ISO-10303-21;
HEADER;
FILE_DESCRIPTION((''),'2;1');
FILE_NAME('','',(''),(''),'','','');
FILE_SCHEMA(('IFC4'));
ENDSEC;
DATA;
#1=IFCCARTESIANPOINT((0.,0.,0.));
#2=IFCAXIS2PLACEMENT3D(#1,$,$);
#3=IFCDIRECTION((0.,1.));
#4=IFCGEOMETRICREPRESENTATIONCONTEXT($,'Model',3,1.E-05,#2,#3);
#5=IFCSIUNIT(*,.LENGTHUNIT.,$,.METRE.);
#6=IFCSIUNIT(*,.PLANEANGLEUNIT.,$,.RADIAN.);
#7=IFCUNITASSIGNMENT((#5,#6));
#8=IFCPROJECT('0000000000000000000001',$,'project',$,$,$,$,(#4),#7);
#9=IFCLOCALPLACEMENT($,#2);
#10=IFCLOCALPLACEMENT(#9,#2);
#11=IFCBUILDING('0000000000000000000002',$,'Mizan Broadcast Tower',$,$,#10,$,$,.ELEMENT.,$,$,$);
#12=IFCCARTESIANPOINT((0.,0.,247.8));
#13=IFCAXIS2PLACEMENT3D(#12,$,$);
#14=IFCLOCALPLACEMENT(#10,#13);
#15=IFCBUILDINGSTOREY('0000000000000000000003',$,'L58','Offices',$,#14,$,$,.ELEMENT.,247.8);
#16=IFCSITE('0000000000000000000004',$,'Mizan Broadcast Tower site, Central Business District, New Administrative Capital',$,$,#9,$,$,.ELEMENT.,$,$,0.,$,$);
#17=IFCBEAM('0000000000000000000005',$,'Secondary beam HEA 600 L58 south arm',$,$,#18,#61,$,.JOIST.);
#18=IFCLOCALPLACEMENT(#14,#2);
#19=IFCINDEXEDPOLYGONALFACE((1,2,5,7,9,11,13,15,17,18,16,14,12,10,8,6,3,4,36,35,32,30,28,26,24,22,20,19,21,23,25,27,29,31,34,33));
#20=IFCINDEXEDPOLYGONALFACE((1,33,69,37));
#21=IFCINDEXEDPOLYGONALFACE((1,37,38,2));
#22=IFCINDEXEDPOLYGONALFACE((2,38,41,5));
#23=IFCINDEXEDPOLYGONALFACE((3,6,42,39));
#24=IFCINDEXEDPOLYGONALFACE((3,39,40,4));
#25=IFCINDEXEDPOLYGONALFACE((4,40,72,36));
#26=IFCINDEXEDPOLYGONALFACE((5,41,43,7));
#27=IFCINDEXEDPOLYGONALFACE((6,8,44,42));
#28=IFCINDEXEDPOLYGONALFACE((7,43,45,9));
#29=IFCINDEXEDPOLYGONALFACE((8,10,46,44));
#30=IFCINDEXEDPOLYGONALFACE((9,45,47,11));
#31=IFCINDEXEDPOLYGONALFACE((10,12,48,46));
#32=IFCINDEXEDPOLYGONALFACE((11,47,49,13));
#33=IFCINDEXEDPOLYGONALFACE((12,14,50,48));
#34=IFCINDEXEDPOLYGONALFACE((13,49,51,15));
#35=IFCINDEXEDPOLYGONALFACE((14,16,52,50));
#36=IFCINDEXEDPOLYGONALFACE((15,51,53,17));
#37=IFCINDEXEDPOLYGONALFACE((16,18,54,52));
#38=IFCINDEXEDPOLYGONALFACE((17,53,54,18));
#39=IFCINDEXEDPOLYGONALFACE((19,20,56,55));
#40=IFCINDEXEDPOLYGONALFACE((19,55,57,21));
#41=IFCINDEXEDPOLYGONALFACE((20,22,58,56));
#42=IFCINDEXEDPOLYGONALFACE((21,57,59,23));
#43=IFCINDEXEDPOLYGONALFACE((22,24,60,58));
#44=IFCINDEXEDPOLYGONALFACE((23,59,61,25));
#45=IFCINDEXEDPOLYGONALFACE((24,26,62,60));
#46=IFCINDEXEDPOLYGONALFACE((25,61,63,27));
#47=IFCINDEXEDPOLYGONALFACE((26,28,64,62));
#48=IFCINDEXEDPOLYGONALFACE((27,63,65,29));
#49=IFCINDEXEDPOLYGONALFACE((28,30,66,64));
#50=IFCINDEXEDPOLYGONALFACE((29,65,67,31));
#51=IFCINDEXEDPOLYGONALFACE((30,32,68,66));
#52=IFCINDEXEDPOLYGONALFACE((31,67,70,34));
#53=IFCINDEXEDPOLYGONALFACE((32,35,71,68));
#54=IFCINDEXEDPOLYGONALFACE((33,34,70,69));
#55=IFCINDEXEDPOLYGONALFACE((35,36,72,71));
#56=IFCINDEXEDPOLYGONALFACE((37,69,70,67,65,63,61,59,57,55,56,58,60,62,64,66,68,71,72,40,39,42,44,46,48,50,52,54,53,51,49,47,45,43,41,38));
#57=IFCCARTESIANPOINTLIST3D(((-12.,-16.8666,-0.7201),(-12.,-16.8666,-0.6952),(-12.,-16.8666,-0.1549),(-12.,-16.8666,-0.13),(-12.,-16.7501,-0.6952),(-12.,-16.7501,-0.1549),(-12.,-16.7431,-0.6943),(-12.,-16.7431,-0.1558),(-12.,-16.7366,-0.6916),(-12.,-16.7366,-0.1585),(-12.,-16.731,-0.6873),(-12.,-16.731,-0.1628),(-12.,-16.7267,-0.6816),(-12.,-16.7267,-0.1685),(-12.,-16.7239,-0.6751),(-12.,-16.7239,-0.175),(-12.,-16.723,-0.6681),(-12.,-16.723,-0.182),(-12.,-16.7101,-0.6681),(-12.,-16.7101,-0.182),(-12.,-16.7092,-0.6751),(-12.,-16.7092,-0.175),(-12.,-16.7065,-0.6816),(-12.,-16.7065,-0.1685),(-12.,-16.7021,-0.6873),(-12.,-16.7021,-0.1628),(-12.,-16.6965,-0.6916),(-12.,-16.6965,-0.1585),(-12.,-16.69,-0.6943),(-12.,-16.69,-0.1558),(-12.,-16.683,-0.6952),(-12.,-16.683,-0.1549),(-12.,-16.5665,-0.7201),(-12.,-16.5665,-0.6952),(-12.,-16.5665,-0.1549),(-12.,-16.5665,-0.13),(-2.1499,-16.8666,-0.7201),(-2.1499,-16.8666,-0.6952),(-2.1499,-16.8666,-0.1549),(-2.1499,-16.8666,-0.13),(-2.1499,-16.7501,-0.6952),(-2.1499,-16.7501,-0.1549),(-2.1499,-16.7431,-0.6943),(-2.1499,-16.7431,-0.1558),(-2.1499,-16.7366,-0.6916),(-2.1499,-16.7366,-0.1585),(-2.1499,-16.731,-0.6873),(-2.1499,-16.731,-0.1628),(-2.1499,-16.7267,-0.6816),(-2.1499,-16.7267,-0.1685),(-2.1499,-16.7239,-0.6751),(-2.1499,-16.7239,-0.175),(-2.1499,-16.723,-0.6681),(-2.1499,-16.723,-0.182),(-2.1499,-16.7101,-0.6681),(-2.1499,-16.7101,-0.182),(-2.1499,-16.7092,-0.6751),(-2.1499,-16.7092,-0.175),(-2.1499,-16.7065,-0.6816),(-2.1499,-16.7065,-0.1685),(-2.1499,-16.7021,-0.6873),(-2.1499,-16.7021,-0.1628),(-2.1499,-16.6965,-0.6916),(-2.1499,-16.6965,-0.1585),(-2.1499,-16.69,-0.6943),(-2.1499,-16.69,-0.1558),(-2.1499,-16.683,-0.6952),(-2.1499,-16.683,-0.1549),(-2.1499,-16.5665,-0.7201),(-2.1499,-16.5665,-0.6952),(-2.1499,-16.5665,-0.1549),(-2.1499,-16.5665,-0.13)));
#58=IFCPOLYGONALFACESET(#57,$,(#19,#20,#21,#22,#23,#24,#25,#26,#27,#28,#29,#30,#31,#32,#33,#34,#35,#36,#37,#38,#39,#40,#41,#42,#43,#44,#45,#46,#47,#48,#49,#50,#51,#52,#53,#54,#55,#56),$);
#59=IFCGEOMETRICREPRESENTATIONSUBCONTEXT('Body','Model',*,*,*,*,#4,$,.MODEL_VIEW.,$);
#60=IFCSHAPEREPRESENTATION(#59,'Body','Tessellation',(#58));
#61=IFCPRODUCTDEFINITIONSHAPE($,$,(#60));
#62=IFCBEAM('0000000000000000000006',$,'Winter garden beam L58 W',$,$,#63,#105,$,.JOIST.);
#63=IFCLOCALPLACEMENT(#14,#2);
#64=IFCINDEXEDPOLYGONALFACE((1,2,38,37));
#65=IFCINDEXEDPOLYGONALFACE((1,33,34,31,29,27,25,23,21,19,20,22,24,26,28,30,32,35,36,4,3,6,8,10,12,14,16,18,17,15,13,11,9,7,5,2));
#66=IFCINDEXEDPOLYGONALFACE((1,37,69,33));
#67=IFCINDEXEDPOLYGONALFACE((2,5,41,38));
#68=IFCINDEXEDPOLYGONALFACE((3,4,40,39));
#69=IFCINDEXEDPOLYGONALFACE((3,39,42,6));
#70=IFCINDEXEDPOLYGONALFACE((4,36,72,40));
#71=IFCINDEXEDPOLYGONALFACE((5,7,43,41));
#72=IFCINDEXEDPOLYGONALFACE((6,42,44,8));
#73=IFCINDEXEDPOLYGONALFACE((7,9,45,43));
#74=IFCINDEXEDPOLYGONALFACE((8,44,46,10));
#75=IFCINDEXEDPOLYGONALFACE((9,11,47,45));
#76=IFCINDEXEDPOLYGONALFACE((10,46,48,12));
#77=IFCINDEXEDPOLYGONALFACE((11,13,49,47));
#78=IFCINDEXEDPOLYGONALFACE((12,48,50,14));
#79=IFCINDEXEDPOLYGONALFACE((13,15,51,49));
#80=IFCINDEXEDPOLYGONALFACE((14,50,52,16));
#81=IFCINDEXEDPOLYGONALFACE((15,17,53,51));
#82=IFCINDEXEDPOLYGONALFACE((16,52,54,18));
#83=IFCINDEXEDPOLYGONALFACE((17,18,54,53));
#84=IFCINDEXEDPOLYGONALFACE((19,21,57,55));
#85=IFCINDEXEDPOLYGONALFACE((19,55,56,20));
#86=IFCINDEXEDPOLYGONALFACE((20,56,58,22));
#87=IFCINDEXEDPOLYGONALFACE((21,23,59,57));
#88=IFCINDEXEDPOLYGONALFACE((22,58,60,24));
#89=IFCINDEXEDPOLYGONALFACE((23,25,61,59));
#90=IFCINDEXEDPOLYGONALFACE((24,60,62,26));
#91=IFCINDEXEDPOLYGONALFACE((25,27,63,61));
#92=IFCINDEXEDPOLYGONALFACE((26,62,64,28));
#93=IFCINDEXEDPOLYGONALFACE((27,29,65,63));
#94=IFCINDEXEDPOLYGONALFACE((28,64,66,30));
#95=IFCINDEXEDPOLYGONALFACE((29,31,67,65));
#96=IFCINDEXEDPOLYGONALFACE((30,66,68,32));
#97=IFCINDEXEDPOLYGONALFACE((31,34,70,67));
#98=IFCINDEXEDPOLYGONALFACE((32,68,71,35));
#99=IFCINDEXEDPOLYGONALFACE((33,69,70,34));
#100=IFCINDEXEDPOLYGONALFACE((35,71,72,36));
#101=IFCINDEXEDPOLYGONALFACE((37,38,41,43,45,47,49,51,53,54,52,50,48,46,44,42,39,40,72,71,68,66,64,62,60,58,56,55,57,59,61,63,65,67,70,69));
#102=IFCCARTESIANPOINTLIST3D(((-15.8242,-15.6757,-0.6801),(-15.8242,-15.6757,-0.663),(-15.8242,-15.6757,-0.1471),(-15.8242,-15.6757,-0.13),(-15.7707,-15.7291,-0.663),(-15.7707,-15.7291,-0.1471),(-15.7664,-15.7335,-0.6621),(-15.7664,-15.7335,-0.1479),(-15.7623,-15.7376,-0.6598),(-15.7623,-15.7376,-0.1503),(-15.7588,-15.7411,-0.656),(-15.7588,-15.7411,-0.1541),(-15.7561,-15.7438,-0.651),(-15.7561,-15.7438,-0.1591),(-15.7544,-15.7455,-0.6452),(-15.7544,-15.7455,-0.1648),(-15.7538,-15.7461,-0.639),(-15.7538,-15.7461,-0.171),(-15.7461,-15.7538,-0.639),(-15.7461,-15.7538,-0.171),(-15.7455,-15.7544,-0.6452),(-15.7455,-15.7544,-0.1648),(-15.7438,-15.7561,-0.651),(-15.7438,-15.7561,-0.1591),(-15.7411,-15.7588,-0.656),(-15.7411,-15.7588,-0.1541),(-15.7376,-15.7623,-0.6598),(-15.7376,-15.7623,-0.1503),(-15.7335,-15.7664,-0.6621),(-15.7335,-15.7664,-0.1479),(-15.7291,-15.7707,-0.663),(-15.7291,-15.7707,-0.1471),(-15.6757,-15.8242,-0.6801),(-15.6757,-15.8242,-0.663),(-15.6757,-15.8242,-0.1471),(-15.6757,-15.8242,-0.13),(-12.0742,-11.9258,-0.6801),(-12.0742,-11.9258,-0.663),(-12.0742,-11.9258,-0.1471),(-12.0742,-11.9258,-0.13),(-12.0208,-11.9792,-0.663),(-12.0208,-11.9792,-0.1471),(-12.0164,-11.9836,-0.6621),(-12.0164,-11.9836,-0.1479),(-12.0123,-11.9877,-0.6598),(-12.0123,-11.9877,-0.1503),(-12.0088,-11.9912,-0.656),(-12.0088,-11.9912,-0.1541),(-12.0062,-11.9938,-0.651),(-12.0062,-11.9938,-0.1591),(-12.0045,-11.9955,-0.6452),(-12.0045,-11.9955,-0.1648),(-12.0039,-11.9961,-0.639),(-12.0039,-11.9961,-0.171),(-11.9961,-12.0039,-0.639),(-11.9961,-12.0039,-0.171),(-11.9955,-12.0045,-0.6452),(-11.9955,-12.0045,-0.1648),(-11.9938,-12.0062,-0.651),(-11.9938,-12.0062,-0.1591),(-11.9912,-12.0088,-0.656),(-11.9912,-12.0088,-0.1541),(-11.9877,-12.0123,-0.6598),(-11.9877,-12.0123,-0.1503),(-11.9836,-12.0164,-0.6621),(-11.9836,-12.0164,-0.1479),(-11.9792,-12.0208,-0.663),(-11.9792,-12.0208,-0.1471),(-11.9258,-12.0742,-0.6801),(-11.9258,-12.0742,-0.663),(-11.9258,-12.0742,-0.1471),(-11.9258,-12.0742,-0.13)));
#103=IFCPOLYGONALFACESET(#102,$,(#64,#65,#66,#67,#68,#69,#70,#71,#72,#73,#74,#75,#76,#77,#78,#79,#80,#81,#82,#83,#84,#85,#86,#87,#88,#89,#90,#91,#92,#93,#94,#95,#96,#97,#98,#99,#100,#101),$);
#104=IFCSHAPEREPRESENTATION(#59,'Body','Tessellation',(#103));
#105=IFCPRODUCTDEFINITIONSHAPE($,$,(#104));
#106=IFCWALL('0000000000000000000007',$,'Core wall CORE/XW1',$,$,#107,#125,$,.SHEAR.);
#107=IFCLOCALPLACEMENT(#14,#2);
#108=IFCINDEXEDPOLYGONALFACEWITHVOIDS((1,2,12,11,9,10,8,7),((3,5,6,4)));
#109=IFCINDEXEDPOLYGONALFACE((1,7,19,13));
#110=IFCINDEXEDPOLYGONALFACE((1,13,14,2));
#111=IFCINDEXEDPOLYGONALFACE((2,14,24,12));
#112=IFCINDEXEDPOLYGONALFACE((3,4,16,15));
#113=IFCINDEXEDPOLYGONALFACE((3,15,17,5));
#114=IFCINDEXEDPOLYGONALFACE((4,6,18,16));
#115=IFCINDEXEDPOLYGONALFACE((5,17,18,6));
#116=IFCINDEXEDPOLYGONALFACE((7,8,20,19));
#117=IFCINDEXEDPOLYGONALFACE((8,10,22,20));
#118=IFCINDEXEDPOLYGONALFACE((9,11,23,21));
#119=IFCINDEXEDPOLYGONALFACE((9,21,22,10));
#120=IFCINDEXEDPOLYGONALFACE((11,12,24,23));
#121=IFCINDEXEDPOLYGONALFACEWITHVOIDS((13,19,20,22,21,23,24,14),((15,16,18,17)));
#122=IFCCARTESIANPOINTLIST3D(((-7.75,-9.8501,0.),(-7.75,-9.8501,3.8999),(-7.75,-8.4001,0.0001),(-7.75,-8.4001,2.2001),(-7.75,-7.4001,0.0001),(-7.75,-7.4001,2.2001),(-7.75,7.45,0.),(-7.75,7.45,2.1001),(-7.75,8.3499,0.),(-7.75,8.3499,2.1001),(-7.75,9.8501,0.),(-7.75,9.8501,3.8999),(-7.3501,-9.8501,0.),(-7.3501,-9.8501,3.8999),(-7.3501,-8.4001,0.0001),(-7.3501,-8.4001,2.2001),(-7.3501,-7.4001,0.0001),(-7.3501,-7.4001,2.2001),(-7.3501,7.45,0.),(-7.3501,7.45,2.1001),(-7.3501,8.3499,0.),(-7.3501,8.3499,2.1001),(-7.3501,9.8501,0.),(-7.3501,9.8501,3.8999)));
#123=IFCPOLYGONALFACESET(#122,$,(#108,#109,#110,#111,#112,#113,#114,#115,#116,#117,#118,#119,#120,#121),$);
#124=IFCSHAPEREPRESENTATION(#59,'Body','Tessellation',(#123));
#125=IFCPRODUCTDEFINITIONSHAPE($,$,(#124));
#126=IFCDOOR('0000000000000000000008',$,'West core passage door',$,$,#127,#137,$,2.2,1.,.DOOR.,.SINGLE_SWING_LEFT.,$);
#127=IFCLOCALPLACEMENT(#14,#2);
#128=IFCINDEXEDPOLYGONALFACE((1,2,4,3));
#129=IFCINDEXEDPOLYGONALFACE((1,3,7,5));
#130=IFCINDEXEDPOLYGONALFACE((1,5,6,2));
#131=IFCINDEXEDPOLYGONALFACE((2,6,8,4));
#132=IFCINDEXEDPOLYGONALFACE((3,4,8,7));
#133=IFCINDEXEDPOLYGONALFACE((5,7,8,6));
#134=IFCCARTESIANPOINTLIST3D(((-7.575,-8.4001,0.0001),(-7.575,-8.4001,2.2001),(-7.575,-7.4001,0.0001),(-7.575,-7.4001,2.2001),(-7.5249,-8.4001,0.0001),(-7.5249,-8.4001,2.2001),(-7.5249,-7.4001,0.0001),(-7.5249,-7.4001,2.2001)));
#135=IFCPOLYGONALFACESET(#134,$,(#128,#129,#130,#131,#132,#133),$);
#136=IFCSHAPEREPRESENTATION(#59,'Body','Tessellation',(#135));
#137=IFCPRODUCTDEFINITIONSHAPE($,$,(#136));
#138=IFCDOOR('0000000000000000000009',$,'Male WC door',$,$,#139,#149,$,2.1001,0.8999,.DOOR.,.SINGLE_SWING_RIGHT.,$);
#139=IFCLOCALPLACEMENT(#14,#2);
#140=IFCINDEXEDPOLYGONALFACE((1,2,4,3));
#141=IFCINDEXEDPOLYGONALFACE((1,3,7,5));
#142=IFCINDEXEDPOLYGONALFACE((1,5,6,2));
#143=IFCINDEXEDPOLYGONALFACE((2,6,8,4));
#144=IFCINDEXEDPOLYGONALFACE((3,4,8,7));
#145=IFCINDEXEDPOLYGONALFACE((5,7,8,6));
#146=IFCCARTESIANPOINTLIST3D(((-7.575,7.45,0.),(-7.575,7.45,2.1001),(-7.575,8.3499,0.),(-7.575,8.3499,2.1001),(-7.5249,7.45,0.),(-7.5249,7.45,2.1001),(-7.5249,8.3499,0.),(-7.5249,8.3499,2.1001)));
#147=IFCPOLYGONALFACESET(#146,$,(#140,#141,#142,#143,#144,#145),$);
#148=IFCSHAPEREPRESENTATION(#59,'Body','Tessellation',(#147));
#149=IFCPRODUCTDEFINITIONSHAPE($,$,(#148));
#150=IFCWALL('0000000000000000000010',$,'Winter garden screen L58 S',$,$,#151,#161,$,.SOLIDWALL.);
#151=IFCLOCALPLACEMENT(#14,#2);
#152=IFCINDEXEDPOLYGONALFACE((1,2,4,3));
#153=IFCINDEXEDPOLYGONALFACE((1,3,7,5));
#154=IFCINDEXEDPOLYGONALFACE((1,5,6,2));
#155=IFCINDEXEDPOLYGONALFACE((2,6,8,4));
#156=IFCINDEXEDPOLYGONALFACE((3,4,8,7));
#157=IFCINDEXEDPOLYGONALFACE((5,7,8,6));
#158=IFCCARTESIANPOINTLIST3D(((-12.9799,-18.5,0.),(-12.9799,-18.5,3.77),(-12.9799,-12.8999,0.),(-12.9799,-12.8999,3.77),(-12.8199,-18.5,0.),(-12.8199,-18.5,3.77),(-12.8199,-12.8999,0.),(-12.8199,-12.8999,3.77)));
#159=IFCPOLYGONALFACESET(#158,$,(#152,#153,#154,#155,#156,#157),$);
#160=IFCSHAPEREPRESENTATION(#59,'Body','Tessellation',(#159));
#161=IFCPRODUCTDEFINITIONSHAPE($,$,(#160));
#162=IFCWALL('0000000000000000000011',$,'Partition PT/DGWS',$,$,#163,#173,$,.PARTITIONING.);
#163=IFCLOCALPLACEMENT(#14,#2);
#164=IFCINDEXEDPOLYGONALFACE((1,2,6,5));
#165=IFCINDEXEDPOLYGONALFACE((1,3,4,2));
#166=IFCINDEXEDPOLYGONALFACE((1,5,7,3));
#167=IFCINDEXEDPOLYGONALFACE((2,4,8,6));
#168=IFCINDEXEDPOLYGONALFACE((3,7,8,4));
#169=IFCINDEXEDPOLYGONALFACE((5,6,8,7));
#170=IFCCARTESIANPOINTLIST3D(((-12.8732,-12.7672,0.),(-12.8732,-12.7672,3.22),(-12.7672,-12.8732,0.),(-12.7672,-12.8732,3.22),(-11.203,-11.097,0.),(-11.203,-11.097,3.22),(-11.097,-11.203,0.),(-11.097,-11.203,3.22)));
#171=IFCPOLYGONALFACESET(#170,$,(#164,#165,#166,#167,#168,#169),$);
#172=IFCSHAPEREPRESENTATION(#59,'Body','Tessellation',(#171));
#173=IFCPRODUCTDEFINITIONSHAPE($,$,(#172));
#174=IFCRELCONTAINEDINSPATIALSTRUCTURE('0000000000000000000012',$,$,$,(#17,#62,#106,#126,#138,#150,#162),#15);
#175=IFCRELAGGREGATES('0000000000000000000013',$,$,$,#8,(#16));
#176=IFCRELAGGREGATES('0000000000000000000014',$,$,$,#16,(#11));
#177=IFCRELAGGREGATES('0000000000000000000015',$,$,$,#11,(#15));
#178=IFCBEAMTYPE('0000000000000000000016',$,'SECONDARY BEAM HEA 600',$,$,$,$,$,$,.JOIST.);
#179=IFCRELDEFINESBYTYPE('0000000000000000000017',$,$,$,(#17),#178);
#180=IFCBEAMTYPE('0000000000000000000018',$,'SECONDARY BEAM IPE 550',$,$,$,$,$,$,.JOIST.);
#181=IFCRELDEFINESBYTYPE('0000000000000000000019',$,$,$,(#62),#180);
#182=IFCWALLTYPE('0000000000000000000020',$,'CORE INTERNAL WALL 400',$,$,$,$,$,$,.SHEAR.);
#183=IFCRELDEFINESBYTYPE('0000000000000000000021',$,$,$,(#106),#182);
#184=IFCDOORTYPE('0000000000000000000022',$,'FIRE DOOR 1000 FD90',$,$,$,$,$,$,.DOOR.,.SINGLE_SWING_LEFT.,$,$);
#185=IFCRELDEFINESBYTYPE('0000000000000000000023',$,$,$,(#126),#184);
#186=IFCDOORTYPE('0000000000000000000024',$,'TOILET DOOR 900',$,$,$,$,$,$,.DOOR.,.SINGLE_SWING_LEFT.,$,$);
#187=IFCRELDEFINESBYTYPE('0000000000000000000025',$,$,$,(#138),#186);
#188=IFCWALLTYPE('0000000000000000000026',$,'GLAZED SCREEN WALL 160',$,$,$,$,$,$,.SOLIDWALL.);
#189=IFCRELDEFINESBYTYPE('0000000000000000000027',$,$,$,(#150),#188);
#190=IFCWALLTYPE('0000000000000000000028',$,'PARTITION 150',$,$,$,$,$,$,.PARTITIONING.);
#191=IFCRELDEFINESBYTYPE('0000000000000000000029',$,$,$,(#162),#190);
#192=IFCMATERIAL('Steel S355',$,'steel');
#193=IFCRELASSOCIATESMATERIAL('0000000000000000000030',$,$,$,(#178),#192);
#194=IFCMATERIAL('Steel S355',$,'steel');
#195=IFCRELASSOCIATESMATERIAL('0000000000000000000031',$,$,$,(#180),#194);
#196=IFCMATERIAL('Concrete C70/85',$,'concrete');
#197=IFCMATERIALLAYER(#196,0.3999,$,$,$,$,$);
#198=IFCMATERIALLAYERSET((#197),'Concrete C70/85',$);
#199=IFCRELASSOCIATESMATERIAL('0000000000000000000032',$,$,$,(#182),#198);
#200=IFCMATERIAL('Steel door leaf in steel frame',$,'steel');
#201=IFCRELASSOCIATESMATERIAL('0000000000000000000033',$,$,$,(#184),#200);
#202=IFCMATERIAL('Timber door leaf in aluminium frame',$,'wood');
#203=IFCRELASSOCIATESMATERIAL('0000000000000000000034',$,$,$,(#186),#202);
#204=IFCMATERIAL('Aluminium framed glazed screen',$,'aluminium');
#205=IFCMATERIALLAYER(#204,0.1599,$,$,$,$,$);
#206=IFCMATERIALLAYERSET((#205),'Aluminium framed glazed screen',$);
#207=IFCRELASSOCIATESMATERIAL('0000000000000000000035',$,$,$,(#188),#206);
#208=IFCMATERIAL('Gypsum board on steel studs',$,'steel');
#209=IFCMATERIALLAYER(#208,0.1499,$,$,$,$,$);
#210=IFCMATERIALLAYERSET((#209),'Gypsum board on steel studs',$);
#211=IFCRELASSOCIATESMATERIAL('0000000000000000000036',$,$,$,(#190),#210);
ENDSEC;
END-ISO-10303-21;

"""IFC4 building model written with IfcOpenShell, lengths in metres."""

from ifc_helpers import new_model, si_unit, direction, frame, frame_2d, origin, origin_2d, place, context, subcontext, project, spatial, rectangle, i_section, extrude, material, layer, layer_set, material_profile, profile_set, type_object, element, fill, save


model = new_model("IFC4")

# Units and contexts
model_context = context("Model", 3, precision=1e-05, world=origin(), true_north=direction((0.0, 1.0)))
body_context = subcontext(model_context, "Body", "Model", "MODEL_VIEW")
ifc_project = project(units=[si_unit("LENGTHUNIT", "METRE"), si_unit("PLANEANGLEUNIT", "RADIAN")], contexts=[model_context])

# Site, building, storey
site_placement = place(None, origin())
site = spatial("IfcSite", under=ifc_project, at=site_placement, Name="Mizan Broadcast Tower site, Central Business District, New Administrative Capital", CompositionType="ELEMENT", RefElevation=0.0)
building_placement = place(site_placement, origin())
building = spatial("IfcBuilding", under=site, at=building_placement, Name="Mizan Broadcast Tower", CompositionType="ELEMENT")
storey_placement = place(building_placement, frame((0.0, 0.0, 247.8)))
storey = spatial("IfcBuildingStorey", under=building, at=storey_placement, Name="L58", Description="Offices", CompositionType="ELEMENT", Elevation=247.8)

# Beams
ifc_material_1 = material(Name="Steel S355", Category="steel")
ifc_material_profile_1 = material_profile(ifc_material_1, i_section(OverallWidth=0.3, OverallDepth=0.5901, WebThickness=0.0129, FlangeThickness=0.0249, FilletRadius=0.0271, at=origin_2d()), Name="HEA 600")
ifc_profile_set_1 = profile_set([ifc_material_profile_1], Name="Steel S355")
beam_type_1 = type_object("IfcBeamType", Name="SECONDARY BEAM HEA 600", PredefinedType="JOIST", material=ifc_profile_set_1)
for number, where, z_axis, x_axis, name in (
    (1, (-12.0, -16.7166, -0.425), (1.0, 0.0, 0.0), (0.0, 1.0, 0.0), "Secondary beam HEA 600 L58 south arm"),
):
    element("IfcBeam", number, at=place(storey_placement, frame(where, z_axis=z_axis, x_axis=x_axis)), inside=storey, type_object=beam_type_1, Name=name, PredefinedType="JOIST", context=body_context, shape_type="SweptSolid", body=[
        extrude(i_section(OverallWidth=0.3, OverallDepth=0.5901, WebThickness=0.0129, FlangeThickness=0.0249, FilletRadius=0.0271, at=origin_2d()), origin(), (0.0, 0.0, 1.0), 9.8501),
    ])
ifc_material_2 = material(Name="Steel S355", Category="steel")
ifc_material_profile_2 = material_profile(ifc_material_2, i_section(OverallWidth=0.21, OverallDepth=0.55, WebThickness=0.011, FlangeThickness=0.0171, FilletRadius=0.0239, at=origin_2d()), Name="IPE 550")
ifc_profile_set_2 = profile_set([ifc_material_profile_2], Name="Steel S355")
beam_type_2 = type_object("IfcBeamType", Name="SECONDARY BEAM IPE 550", PredefinedType="JOIST", material=ifc_profile_set_2)
beam_1_placement = place(storey_placement, frame((-12.0, -12.0, -0.405), z_axis=(-0.707107, -0.707107, 0.0), x_axis=(0.707107, -0.707107, 0.0)))
element("IfcBeam", 2, at=beam_1_placement, inside=storey, type_object=beam_type_2, Name="Winter garden beam L58 W", PredefinedType="JOIST", context=body_context, shape_type="SweptSolid", body=[
    extrude(i_section(OverallWidth=0.21, OverallDepth=0.55, WebThickness=0.011, FlangeThickness=0.0171, FilletRadius=0.0239, at=origin_2d()), origin(), (0.0, 0.0, 1.0), 5.3032),
])

# Wall, openings, doors
ifc_material_3 = material(Name="Concrete C70/85", Category="concrete")
ifc_layer_1 = layer(ifc_material_3, 0.3999)
ifc_layer_set_1 = layer_set([ifc_layer_1], Name="Concrete C70/85")
wall_type_1 = type_object("IfcWallType", Name="CORE INTERNAL WALL 400", PredefinedType="SHEAR", material=ifc_layer_set_1)
wall_1_placement = place(storey_placement, frame((-7.55, -9.8501, 0.0), z_axis=(0.0, 0.0, 1.0), x_axis=(0.0, 1.0, 0.0)))
wall_1 = element("IfcWall", 3, at=wall_1_placement, inside=storey, type_object=wall_type_1, Name="Core wall CORE/XW1", PredefinedType="SHEAR", context=body_context, shape_type="SweptSolid", body=[
    extrude(rectangle(XDim=19.7002, YDim=0.3999, at=frame_2d((9.8501, 0.0))), origin(), (0.0, 0.0, 1.0), 3.8999),
])
opening_1_placement = place(wall_1_placement, frame((1.45, 0.0, 0.0)))
opening_1 = element("IfcOpeningElement", 4, at=opening_1_placement, cuts=wall_1, PredefinedType="OPENING", context=body_context, shape_type="SweptSolid", body=[
    extrude(rectangle(XDim=1.0, YDim=2.2, at=frame_2d((0.5, 1.1001))), frame((0.0, 0.21, 0.0), z_axis=(0.0, -1.0, 0.0), x_axis=(1.0, 0.0, 0.0)), (0.0, 0.0, 1.0), 0.4199),
])
opening_2_placement = place(wall_1_placement, frame((17.3, 0.0, 0.0)))
opening_2 = element("IfcOpeningElement", 5, at=opening_2_placement, cuts=wall_1, PredefinedType="OPENING", context=body_context, shape_type="SweptSolid", body=[
    extrude(rectangle(XDim=0.8999, YDim=2.1001, at=frame_2d((0.45, 1.05))), frame((0.0, 0.21, 0.0), z_axis=(0.0, -1.0, 0.0), x_axis=(1.0, 0.0, 0.0)), (0.0, 0.0, 1.0), 0.4199),
])
ifc_material_4 = material(Name="Steel door leaf in steel frame", Category="steel")
door_type_1 = type_object("IfcDoorType", Name="FIRE DOOR 1000 FD90", OperationType="SINGLE_SWING_LEFT", PredefinedType="DOOR", material=ifc_material_4)
door_1_placement = place(opening_1_placement, origin())
door_1 = element("IfcDoor", 6, at=door_1_placement, inside=storey, type_object=door_type_1, Name="West core passage door", OperationType="SINGLE_SWING_LEFT", OverallHeight=2.2, OverallWidth=1.0, PredefinedType="DOOR", context=body_context, shape_type="SweptSolid", body=[
    extrude(rectangle(XDim=1.0, YDim=2.2, at=frame_2d((0.5, 1.1001))), frame((0.0, 0.0249, 0.0), z_axis=(0.0, -1.0, 0.0), x_axis=(1.0, 0.0, 0.0)), (0.0, 0.0, 1.0), 0.05),
])
fill(opening_1, door_1)
ifc_material_5 = material(Name="Timber door leaf in aluminium frame", Category="wood")
door_type_2 = type_object("IfcDoorType", Name="TOILET DOOR 900", OperationType="SINGLE_SWING_LEFT", PredefinedType="DOOR", material=ifc_material_5)
door_2_placement = place(opening_2_placement, origin())
door_2 = element("IfcDoor", 7, at=door_2_placement, inside=storey, type_object=door_type_2, Name="Male WC door", OperationType="SINGLE_SWING_RIGHT", OverallHeight=2.1001, OverallWidth=0.8999, PredefinedType="DOOR", context=body_context, shape_type="SweptSolid", body=[
    extrude(rectangle(XDim=0.8999, YDim=2.1001, at=frame_2d((0.45, 1.05))), frame((0.0, 0.0249, 0.0), z_axis=(0.0, -1.0, 0.0), x_axis=(1.0, 0.0, 0.0)), (0.0, 0.0, 1.0), 0.05),
])
fill(opening_2, door_2)

# Walls
ifc_material_6 = material(Name="Aluminium framed glazed screen", Category="aluminium")
ifc_layer_2 = layer(ifc_material_6, 0.1599)
ifc_layer_set_2 = layer_set([ifc_layer_2], Name="Aluminium framed glazed screen")
wall_type_2 = type_object("IfcWallType", Name="GLAZED SCREEN WALL 160", PredefinedType="SOLIDWALL", material=ifc_layer_set_2)
wall_2_placement = place(storey_placement, frame((-12.8999, -12.8999, 0.0), z_axis=(0.0, 0.0, 1.0), x_axis=(0.0, -1.0, 0.0)))
element("IfcWall", 8, at=wall_2_placement, inside=storey, type_object=wall_type_2, Name="Winter garden screen L58 S", PredefinedType="SOLIDWALL", context=body_context, shape_type="SweptSolid", body=[
    extrude(rectangle(XDim=5.6001, YDim=0.1599, at=frame_2d((2.8, 0.0))), origin(), (0.0, 0.0, 1.0), 3.77),
])
ifc_material_7 = material(Name="Gypsum board on steel studs", Category="steel")
ifc_layer_3 = layer(ifc_material_7, 0.1499)
ifc_layer_set_3 = layer_set([ifc_layer_3], Name="Gypsum board on steel studs")
wall_type_3 = type_object("IfcWallType", Name="PARTITION 150", PredefinedType="PARTITIONING", material=ifc_layer_set_3)
wall_3_placement = place(storey_placement, frame((-11.1499, -11.1499, 0.0), z_axis=(0.0, 0.0, 1.0), x_axis=(-0.707107, -0.707107, 0.0)))
element("IfcWall", 9, at=wall_3_placement, inside=storey, type_object=wall_type_3, Name="Partition PT/DGWS", PredefinedType="PARTITIONING", context=body_context, shape_type="SweptSolid", body=[
    extrude(rectangle(XDim=2.3621, YDim=0.1499, at=frame_2d((1.1812, 0.0))), origin(), (0.0, 0.0, 1.0), 3.22),
])

save(model, "model.ifc")
